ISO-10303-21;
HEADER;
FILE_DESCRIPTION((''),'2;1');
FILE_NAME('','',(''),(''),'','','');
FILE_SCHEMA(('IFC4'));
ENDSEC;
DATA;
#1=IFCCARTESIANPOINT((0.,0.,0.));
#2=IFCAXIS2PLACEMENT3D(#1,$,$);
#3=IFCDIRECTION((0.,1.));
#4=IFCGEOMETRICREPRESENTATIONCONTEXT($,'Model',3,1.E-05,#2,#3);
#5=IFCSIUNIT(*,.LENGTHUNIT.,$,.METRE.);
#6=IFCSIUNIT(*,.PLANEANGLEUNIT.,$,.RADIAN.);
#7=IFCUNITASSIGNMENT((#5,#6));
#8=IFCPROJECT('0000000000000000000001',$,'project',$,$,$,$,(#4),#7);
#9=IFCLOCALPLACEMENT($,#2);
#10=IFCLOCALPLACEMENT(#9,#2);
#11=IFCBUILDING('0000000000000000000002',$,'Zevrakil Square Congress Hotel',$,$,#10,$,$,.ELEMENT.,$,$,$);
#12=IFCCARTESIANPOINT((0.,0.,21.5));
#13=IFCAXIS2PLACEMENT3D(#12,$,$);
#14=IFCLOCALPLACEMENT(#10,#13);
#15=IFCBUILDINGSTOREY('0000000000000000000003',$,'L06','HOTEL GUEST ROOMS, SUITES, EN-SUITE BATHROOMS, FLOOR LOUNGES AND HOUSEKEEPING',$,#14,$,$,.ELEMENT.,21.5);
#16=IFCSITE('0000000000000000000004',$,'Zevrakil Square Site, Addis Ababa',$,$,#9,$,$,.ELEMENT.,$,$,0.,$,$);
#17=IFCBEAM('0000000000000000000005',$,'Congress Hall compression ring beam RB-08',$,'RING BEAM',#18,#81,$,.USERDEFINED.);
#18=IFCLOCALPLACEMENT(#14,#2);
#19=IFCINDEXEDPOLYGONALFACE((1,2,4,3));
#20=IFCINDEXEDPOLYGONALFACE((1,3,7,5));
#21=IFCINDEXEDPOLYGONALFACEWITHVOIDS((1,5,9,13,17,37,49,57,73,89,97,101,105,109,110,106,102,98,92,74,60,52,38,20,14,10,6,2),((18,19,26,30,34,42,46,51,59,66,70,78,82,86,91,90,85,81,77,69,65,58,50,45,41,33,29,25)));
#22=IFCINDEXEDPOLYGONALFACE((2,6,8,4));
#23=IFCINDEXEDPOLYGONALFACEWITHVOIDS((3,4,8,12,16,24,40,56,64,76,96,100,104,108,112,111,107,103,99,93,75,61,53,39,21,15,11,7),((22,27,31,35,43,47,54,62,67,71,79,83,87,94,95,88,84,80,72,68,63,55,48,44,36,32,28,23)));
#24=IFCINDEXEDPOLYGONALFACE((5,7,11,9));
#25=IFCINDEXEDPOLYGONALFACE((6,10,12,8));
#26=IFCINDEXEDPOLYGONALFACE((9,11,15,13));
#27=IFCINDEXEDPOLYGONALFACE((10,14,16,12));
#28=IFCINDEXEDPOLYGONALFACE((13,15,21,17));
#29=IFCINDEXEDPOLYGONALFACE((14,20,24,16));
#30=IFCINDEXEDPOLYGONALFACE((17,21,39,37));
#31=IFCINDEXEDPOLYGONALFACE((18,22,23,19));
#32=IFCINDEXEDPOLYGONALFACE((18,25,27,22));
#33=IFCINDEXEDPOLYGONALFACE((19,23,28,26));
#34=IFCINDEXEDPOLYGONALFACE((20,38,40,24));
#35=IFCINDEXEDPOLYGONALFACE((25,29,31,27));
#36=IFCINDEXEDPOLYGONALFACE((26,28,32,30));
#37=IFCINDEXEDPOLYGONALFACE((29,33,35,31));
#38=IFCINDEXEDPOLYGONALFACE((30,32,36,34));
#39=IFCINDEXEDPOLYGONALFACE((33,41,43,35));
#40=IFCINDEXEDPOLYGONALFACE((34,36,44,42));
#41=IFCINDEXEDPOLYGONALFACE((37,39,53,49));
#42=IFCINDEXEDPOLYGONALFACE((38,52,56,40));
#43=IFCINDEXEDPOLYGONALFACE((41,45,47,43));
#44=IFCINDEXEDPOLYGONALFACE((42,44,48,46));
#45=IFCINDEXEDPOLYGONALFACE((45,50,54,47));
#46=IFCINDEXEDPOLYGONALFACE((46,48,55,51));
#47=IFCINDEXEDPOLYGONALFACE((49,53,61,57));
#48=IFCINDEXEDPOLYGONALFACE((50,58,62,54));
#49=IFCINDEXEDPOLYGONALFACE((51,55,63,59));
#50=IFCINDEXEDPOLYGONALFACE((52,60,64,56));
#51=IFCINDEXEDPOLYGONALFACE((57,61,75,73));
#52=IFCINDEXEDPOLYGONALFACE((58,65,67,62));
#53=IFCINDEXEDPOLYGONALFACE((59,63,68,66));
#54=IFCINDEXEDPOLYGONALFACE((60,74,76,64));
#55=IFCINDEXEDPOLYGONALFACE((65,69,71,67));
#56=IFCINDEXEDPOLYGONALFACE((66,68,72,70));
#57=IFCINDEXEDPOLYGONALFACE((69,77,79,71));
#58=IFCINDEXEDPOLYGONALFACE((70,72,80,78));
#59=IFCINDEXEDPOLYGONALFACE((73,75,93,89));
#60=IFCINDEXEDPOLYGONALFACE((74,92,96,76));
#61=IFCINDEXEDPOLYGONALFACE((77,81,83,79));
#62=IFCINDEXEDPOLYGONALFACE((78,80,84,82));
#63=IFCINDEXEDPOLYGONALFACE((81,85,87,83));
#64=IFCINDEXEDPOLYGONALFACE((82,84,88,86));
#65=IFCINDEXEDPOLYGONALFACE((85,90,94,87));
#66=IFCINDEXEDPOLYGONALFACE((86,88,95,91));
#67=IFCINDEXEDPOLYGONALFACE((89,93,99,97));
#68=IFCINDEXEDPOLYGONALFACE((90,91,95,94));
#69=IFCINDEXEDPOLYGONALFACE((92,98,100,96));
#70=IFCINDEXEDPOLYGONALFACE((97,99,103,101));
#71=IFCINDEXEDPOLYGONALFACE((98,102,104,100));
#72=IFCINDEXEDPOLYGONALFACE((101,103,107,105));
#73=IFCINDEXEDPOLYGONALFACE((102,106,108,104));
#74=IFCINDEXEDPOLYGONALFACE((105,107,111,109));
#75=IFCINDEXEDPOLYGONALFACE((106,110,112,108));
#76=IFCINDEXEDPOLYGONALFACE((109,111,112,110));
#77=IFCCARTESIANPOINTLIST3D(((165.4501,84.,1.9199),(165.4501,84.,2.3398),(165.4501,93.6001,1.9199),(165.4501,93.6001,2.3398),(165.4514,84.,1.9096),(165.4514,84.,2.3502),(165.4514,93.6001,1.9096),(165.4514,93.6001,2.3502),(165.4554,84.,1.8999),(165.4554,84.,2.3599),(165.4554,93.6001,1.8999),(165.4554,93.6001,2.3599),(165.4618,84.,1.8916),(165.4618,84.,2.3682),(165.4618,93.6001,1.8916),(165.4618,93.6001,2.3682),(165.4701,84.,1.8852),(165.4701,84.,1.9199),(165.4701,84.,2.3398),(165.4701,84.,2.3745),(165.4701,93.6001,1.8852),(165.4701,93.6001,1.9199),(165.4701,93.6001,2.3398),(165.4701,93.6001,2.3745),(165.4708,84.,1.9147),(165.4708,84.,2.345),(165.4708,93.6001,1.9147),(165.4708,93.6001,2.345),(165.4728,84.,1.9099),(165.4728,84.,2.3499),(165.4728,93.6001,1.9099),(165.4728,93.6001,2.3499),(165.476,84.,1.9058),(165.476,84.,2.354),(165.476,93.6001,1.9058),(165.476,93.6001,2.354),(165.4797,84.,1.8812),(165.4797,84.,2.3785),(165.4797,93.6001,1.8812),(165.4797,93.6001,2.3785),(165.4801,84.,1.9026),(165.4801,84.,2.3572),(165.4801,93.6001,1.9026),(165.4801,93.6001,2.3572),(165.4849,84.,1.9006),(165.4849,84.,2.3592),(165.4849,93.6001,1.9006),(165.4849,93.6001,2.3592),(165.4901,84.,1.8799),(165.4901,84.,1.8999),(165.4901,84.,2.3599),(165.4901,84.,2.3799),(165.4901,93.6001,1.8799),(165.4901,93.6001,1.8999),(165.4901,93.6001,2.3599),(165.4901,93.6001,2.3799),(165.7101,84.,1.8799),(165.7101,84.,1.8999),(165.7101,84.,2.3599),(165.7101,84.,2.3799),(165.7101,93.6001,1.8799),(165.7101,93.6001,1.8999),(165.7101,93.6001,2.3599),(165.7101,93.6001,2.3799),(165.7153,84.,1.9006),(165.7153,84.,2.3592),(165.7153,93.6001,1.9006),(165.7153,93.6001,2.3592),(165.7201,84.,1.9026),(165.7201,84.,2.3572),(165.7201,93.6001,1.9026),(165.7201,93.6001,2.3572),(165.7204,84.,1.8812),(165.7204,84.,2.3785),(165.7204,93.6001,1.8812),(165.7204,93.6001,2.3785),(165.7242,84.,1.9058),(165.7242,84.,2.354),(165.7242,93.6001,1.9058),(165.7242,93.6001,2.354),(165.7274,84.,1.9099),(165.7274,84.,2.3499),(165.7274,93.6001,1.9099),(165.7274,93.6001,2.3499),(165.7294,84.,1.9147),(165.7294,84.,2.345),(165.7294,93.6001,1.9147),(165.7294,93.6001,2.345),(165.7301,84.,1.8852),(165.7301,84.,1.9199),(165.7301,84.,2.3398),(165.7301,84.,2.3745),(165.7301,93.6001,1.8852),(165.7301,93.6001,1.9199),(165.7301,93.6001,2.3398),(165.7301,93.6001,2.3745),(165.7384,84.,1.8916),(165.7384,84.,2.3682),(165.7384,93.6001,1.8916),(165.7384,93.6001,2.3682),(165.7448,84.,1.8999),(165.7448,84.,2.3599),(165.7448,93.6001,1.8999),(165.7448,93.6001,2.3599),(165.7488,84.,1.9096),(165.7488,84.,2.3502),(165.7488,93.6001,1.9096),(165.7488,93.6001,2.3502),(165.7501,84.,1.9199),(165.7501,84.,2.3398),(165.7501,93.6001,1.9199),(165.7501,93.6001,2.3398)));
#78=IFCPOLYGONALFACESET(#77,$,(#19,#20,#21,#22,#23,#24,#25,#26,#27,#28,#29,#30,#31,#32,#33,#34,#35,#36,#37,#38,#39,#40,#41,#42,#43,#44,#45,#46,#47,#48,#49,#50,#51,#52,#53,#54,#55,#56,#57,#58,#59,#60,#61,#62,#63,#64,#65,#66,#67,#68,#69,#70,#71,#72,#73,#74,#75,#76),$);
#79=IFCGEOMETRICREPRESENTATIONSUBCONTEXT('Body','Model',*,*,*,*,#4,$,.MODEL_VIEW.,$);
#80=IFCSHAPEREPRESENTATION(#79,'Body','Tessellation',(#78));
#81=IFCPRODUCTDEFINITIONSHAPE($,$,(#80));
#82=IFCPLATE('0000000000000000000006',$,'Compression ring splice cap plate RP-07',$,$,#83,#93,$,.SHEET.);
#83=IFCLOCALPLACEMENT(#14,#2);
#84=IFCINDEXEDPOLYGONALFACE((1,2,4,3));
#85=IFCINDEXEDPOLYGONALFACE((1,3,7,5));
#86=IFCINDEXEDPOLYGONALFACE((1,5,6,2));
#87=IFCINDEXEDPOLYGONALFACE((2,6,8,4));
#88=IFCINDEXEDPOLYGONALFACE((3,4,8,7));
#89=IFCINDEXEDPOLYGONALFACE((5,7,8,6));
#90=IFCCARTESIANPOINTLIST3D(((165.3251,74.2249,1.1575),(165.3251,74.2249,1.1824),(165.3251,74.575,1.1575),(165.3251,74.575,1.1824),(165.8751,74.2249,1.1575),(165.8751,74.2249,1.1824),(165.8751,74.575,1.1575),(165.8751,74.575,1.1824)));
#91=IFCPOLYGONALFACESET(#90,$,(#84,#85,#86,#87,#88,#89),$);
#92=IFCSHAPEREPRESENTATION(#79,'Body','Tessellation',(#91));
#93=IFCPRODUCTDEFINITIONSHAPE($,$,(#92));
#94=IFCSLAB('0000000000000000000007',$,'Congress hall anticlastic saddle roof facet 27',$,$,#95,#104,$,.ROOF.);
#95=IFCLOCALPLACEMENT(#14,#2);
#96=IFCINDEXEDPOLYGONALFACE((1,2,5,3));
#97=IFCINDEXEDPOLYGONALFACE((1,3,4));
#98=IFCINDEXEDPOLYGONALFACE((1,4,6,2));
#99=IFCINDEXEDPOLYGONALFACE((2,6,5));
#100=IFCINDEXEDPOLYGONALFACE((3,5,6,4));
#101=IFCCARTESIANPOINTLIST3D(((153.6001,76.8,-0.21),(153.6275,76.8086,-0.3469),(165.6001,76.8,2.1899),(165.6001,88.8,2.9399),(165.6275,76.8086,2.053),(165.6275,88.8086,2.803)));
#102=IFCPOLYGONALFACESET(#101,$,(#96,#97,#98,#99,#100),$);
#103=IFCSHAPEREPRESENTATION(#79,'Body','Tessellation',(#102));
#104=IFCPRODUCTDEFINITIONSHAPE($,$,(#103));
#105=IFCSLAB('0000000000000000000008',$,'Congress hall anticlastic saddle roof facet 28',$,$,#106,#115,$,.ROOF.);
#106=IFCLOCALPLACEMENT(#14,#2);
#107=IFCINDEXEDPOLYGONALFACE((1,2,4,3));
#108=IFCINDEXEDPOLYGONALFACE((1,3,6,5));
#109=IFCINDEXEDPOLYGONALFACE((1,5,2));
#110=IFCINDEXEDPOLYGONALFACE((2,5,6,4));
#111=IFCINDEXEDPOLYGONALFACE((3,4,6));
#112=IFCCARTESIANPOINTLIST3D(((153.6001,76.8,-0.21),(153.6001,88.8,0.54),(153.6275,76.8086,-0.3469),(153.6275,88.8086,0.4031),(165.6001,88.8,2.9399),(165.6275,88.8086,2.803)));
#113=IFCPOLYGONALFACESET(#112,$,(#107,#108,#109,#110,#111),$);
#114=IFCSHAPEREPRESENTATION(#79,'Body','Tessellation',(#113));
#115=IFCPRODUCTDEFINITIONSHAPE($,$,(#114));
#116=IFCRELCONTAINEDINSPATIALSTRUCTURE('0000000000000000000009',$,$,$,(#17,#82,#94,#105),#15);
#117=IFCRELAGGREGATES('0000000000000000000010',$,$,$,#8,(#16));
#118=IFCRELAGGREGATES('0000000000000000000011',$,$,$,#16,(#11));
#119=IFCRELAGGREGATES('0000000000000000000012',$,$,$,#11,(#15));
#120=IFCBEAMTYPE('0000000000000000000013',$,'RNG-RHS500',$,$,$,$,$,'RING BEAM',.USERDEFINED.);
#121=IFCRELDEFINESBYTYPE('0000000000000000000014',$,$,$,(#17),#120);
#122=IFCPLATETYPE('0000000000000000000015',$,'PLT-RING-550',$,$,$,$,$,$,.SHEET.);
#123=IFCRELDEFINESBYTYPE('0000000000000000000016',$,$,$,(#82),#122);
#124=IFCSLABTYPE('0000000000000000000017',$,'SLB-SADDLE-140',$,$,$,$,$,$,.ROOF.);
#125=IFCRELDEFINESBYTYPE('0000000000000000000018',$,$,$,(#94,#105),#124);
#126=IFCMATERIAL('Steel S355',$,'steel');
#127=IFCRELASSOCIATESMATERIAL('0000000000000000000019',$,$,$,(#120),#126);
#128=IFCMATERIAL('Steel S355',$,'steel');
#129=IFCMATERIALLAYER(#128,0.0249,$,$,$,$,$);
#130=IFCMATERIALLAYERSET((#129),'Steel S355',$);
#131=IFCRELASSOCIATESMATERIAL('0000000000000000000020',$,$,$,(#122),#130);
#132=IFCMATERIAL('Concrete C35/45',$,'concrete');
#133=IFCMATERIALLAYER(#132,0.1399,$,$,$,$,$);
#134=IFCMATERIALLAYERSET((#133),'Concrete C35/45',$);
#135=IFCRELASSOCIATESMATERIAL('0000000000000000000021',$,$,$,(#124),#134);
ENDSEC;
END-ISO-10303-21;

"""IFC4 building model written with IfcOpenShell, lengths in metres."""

from ifc_helpers import new_model, si_unit, direction, frame, origin, origin_2d, place, context, subcontext, project, spatial, polyline, rectangle, hollow_rectangle, outline, extrude, material, layer, layer_set, material_profile, profile_set, type_object, element, save


model = new_model("IFC4")

# Units and contexts
model_context = context("Model", 3, precision=1e-05, world=origin(), true_north=direction((0.0, 1.0)))
body_context = subcontext(model_context, "Body", "Model", "MODEL_VIEW")
ifc_project = project(units=[si_unit("LENGTHUNIT", "METRE"), si_unit("PLANEANGLEUNIT", "RADIAN")], contexts=[model_context])

# Site, building, storey
site_placement = place(None, origin())
site = spatial("IfcSite", under=ifc_project, at=site_placement, Name="Zevrakil Square Site, Addis Ababa", CompositionType="ELEMENT", RefElevation=0.0)
building_placement = place(site_placement, origin())
building = spatial("IfcBuilding", under=site, at=building_placement, Name="Zevrakil Square Congress Hotel", CompositionType="ELEMENT")
storey_placement = place(building_placement, frame((0.0, 0.0, 21.5)))
storey = spatial("IfcBuildingStorey", under=building, at=storey_placement, Name="L06", Description="HOTEL GUEST ROOMS, SUITES, EN-SUITE BATHROOMS, FLOOR LOUNGES AND HOUSEKEEPING", CompositionType="ELEMENT", Elevation=21.5)

# Beam
ifc_material_1 = material(Name="Steel S355", Category="steel")
ifc_material_profile_1 = material_profile(ifc_material_1, hollow_rectangle(XDim=0.3, YDim=0.5, WallThickness=0.02, InnerFilletRadius=0.02, OuterFilletRadius=0.04, at=origin_2d()), Name="RHS 500x300x20")
ifc_profile_set_1 = profile_set([ifc_material_profile_1], Name="Steel S355")
beam_type = type_object("IfcBeamType", Name="RNG-RHS500", ElementType="RING BEAM", PredefinedType="USERDEFINED", material=ifc_profile_set_1)
beam_1_placement = place(storey_placement, frame((165.6001, 84.0, 2.1299), z_axis=(0.0, 1.0, 0.0), x_axis=(-1.0, 0.0, 0.0)))
element("IfcBeam", 1, at=beam_1_placement, inside=storey, type_object=beam_type, Name="Congress Hall compression ring beam RB-08", ObjectType="RING BEAM", PredefinedType="USERDEFINED", context=body_context, shape_type="SweptSolid", body=[
    extrude(hollow_rectangle(XDim=0.3, YDim=0.5, WallThickness=0.02, InnerFilletRadius=0.02, OuterFilletRadius=0.04, at=origin_2d()), origin(), (0.0, 0.0, 1.0), 9.6001),
])

# Plate
ifc_material_2 = material(Name="Steel S355", Category="steel")
ifc_layer_1 = layer(ifc_material_2, 0.0249)
ifc_layer_set_1 = layer_set([ifc_layer_1], Name="Steel S355")
plate_type = type_object("IfcPlateType", Name="PLT-RING-550", PredefinedType="SHEET", material=ifc_layer_set_1)
plate_placement = place(storey_placement, frame((165.6001, 74.3999, 1.1575), z_axis=(0.0, 0.0, 1.0), x_axis=(1.0, 0.0, 0.0)))
element("IfcPlate", 2, at=plate_placement, inside=storey, type_object=plate_type, Name="Compression ring splice cap plate RP-07", PredefinedType="SHEET", context=body_context, shape_type="SweptSolid", body=[
    extrude(rectangle(XDim=0.55, YDim=0.3501, at=origin_2d()), origin(), (0.0, 0.0, 1.0), 0.0249),
])

# Slabs
ifc_material_3 = material(Name="Concrete C35/45", Category="concrete")
ifc_layer_2 = layer(ifc_material_3, 0.1399)
ifc_layer_set_2 = layer_set([ifc_layer_2], Name="Concrete C35/45")
slab_type = type_object("IfcSlabType", Name="SLB-SADDLE-140", PredefinedType="ROOF", material=ifc_layer_set_2)
slab_1_placement = place(storey_placement, frame((153.6001, 76.8, -0.21), z_axis=(-0.195741, -0.061172, 0.978746), x_axis=(0.980582, 0.0, 0.196108)))
element("IfcSlab", 3, at=slab_1_placement, inside=storey, type_object=slab_type, Name="Congress hall anticlastic saddle roof facet 27", PredefinedType="ROOF", context=body_context, shape_type="SweptSolid", body=[
    extrude(outline(polyline([(0.0, 0.0), (12.2376, 0.0), (12.3847, 12.0225), (0.0, 0.0)])), origin(), (0.0, 0.0, -1.0), 0.1399),
])
slab_2_placement = place(storey_placement, frame((153.6001, 76.8, -0.21), z_axis=(-0.195741, -0.061172, 0.978746), x_axis=(0.695232, 0.695232, 0.182493)))
element("IfcSlab", 4, at=slab_2_placement, inside=storey, type_object=slab_type, Name="Congress hall anticlastic saddle roof facet 28", PredefinedType="ROOF", context=body_context, shape_type="SweptSolid", body=[
    extrude(outline(polyline([(0.0, 0.0), (17.2604, 0.0), (8.4797, 8.524), (0.0, 0.0)])), origin(), (0.0, 0.0, -1.0), 0.1399),
])

save(model, "model.ifc")
